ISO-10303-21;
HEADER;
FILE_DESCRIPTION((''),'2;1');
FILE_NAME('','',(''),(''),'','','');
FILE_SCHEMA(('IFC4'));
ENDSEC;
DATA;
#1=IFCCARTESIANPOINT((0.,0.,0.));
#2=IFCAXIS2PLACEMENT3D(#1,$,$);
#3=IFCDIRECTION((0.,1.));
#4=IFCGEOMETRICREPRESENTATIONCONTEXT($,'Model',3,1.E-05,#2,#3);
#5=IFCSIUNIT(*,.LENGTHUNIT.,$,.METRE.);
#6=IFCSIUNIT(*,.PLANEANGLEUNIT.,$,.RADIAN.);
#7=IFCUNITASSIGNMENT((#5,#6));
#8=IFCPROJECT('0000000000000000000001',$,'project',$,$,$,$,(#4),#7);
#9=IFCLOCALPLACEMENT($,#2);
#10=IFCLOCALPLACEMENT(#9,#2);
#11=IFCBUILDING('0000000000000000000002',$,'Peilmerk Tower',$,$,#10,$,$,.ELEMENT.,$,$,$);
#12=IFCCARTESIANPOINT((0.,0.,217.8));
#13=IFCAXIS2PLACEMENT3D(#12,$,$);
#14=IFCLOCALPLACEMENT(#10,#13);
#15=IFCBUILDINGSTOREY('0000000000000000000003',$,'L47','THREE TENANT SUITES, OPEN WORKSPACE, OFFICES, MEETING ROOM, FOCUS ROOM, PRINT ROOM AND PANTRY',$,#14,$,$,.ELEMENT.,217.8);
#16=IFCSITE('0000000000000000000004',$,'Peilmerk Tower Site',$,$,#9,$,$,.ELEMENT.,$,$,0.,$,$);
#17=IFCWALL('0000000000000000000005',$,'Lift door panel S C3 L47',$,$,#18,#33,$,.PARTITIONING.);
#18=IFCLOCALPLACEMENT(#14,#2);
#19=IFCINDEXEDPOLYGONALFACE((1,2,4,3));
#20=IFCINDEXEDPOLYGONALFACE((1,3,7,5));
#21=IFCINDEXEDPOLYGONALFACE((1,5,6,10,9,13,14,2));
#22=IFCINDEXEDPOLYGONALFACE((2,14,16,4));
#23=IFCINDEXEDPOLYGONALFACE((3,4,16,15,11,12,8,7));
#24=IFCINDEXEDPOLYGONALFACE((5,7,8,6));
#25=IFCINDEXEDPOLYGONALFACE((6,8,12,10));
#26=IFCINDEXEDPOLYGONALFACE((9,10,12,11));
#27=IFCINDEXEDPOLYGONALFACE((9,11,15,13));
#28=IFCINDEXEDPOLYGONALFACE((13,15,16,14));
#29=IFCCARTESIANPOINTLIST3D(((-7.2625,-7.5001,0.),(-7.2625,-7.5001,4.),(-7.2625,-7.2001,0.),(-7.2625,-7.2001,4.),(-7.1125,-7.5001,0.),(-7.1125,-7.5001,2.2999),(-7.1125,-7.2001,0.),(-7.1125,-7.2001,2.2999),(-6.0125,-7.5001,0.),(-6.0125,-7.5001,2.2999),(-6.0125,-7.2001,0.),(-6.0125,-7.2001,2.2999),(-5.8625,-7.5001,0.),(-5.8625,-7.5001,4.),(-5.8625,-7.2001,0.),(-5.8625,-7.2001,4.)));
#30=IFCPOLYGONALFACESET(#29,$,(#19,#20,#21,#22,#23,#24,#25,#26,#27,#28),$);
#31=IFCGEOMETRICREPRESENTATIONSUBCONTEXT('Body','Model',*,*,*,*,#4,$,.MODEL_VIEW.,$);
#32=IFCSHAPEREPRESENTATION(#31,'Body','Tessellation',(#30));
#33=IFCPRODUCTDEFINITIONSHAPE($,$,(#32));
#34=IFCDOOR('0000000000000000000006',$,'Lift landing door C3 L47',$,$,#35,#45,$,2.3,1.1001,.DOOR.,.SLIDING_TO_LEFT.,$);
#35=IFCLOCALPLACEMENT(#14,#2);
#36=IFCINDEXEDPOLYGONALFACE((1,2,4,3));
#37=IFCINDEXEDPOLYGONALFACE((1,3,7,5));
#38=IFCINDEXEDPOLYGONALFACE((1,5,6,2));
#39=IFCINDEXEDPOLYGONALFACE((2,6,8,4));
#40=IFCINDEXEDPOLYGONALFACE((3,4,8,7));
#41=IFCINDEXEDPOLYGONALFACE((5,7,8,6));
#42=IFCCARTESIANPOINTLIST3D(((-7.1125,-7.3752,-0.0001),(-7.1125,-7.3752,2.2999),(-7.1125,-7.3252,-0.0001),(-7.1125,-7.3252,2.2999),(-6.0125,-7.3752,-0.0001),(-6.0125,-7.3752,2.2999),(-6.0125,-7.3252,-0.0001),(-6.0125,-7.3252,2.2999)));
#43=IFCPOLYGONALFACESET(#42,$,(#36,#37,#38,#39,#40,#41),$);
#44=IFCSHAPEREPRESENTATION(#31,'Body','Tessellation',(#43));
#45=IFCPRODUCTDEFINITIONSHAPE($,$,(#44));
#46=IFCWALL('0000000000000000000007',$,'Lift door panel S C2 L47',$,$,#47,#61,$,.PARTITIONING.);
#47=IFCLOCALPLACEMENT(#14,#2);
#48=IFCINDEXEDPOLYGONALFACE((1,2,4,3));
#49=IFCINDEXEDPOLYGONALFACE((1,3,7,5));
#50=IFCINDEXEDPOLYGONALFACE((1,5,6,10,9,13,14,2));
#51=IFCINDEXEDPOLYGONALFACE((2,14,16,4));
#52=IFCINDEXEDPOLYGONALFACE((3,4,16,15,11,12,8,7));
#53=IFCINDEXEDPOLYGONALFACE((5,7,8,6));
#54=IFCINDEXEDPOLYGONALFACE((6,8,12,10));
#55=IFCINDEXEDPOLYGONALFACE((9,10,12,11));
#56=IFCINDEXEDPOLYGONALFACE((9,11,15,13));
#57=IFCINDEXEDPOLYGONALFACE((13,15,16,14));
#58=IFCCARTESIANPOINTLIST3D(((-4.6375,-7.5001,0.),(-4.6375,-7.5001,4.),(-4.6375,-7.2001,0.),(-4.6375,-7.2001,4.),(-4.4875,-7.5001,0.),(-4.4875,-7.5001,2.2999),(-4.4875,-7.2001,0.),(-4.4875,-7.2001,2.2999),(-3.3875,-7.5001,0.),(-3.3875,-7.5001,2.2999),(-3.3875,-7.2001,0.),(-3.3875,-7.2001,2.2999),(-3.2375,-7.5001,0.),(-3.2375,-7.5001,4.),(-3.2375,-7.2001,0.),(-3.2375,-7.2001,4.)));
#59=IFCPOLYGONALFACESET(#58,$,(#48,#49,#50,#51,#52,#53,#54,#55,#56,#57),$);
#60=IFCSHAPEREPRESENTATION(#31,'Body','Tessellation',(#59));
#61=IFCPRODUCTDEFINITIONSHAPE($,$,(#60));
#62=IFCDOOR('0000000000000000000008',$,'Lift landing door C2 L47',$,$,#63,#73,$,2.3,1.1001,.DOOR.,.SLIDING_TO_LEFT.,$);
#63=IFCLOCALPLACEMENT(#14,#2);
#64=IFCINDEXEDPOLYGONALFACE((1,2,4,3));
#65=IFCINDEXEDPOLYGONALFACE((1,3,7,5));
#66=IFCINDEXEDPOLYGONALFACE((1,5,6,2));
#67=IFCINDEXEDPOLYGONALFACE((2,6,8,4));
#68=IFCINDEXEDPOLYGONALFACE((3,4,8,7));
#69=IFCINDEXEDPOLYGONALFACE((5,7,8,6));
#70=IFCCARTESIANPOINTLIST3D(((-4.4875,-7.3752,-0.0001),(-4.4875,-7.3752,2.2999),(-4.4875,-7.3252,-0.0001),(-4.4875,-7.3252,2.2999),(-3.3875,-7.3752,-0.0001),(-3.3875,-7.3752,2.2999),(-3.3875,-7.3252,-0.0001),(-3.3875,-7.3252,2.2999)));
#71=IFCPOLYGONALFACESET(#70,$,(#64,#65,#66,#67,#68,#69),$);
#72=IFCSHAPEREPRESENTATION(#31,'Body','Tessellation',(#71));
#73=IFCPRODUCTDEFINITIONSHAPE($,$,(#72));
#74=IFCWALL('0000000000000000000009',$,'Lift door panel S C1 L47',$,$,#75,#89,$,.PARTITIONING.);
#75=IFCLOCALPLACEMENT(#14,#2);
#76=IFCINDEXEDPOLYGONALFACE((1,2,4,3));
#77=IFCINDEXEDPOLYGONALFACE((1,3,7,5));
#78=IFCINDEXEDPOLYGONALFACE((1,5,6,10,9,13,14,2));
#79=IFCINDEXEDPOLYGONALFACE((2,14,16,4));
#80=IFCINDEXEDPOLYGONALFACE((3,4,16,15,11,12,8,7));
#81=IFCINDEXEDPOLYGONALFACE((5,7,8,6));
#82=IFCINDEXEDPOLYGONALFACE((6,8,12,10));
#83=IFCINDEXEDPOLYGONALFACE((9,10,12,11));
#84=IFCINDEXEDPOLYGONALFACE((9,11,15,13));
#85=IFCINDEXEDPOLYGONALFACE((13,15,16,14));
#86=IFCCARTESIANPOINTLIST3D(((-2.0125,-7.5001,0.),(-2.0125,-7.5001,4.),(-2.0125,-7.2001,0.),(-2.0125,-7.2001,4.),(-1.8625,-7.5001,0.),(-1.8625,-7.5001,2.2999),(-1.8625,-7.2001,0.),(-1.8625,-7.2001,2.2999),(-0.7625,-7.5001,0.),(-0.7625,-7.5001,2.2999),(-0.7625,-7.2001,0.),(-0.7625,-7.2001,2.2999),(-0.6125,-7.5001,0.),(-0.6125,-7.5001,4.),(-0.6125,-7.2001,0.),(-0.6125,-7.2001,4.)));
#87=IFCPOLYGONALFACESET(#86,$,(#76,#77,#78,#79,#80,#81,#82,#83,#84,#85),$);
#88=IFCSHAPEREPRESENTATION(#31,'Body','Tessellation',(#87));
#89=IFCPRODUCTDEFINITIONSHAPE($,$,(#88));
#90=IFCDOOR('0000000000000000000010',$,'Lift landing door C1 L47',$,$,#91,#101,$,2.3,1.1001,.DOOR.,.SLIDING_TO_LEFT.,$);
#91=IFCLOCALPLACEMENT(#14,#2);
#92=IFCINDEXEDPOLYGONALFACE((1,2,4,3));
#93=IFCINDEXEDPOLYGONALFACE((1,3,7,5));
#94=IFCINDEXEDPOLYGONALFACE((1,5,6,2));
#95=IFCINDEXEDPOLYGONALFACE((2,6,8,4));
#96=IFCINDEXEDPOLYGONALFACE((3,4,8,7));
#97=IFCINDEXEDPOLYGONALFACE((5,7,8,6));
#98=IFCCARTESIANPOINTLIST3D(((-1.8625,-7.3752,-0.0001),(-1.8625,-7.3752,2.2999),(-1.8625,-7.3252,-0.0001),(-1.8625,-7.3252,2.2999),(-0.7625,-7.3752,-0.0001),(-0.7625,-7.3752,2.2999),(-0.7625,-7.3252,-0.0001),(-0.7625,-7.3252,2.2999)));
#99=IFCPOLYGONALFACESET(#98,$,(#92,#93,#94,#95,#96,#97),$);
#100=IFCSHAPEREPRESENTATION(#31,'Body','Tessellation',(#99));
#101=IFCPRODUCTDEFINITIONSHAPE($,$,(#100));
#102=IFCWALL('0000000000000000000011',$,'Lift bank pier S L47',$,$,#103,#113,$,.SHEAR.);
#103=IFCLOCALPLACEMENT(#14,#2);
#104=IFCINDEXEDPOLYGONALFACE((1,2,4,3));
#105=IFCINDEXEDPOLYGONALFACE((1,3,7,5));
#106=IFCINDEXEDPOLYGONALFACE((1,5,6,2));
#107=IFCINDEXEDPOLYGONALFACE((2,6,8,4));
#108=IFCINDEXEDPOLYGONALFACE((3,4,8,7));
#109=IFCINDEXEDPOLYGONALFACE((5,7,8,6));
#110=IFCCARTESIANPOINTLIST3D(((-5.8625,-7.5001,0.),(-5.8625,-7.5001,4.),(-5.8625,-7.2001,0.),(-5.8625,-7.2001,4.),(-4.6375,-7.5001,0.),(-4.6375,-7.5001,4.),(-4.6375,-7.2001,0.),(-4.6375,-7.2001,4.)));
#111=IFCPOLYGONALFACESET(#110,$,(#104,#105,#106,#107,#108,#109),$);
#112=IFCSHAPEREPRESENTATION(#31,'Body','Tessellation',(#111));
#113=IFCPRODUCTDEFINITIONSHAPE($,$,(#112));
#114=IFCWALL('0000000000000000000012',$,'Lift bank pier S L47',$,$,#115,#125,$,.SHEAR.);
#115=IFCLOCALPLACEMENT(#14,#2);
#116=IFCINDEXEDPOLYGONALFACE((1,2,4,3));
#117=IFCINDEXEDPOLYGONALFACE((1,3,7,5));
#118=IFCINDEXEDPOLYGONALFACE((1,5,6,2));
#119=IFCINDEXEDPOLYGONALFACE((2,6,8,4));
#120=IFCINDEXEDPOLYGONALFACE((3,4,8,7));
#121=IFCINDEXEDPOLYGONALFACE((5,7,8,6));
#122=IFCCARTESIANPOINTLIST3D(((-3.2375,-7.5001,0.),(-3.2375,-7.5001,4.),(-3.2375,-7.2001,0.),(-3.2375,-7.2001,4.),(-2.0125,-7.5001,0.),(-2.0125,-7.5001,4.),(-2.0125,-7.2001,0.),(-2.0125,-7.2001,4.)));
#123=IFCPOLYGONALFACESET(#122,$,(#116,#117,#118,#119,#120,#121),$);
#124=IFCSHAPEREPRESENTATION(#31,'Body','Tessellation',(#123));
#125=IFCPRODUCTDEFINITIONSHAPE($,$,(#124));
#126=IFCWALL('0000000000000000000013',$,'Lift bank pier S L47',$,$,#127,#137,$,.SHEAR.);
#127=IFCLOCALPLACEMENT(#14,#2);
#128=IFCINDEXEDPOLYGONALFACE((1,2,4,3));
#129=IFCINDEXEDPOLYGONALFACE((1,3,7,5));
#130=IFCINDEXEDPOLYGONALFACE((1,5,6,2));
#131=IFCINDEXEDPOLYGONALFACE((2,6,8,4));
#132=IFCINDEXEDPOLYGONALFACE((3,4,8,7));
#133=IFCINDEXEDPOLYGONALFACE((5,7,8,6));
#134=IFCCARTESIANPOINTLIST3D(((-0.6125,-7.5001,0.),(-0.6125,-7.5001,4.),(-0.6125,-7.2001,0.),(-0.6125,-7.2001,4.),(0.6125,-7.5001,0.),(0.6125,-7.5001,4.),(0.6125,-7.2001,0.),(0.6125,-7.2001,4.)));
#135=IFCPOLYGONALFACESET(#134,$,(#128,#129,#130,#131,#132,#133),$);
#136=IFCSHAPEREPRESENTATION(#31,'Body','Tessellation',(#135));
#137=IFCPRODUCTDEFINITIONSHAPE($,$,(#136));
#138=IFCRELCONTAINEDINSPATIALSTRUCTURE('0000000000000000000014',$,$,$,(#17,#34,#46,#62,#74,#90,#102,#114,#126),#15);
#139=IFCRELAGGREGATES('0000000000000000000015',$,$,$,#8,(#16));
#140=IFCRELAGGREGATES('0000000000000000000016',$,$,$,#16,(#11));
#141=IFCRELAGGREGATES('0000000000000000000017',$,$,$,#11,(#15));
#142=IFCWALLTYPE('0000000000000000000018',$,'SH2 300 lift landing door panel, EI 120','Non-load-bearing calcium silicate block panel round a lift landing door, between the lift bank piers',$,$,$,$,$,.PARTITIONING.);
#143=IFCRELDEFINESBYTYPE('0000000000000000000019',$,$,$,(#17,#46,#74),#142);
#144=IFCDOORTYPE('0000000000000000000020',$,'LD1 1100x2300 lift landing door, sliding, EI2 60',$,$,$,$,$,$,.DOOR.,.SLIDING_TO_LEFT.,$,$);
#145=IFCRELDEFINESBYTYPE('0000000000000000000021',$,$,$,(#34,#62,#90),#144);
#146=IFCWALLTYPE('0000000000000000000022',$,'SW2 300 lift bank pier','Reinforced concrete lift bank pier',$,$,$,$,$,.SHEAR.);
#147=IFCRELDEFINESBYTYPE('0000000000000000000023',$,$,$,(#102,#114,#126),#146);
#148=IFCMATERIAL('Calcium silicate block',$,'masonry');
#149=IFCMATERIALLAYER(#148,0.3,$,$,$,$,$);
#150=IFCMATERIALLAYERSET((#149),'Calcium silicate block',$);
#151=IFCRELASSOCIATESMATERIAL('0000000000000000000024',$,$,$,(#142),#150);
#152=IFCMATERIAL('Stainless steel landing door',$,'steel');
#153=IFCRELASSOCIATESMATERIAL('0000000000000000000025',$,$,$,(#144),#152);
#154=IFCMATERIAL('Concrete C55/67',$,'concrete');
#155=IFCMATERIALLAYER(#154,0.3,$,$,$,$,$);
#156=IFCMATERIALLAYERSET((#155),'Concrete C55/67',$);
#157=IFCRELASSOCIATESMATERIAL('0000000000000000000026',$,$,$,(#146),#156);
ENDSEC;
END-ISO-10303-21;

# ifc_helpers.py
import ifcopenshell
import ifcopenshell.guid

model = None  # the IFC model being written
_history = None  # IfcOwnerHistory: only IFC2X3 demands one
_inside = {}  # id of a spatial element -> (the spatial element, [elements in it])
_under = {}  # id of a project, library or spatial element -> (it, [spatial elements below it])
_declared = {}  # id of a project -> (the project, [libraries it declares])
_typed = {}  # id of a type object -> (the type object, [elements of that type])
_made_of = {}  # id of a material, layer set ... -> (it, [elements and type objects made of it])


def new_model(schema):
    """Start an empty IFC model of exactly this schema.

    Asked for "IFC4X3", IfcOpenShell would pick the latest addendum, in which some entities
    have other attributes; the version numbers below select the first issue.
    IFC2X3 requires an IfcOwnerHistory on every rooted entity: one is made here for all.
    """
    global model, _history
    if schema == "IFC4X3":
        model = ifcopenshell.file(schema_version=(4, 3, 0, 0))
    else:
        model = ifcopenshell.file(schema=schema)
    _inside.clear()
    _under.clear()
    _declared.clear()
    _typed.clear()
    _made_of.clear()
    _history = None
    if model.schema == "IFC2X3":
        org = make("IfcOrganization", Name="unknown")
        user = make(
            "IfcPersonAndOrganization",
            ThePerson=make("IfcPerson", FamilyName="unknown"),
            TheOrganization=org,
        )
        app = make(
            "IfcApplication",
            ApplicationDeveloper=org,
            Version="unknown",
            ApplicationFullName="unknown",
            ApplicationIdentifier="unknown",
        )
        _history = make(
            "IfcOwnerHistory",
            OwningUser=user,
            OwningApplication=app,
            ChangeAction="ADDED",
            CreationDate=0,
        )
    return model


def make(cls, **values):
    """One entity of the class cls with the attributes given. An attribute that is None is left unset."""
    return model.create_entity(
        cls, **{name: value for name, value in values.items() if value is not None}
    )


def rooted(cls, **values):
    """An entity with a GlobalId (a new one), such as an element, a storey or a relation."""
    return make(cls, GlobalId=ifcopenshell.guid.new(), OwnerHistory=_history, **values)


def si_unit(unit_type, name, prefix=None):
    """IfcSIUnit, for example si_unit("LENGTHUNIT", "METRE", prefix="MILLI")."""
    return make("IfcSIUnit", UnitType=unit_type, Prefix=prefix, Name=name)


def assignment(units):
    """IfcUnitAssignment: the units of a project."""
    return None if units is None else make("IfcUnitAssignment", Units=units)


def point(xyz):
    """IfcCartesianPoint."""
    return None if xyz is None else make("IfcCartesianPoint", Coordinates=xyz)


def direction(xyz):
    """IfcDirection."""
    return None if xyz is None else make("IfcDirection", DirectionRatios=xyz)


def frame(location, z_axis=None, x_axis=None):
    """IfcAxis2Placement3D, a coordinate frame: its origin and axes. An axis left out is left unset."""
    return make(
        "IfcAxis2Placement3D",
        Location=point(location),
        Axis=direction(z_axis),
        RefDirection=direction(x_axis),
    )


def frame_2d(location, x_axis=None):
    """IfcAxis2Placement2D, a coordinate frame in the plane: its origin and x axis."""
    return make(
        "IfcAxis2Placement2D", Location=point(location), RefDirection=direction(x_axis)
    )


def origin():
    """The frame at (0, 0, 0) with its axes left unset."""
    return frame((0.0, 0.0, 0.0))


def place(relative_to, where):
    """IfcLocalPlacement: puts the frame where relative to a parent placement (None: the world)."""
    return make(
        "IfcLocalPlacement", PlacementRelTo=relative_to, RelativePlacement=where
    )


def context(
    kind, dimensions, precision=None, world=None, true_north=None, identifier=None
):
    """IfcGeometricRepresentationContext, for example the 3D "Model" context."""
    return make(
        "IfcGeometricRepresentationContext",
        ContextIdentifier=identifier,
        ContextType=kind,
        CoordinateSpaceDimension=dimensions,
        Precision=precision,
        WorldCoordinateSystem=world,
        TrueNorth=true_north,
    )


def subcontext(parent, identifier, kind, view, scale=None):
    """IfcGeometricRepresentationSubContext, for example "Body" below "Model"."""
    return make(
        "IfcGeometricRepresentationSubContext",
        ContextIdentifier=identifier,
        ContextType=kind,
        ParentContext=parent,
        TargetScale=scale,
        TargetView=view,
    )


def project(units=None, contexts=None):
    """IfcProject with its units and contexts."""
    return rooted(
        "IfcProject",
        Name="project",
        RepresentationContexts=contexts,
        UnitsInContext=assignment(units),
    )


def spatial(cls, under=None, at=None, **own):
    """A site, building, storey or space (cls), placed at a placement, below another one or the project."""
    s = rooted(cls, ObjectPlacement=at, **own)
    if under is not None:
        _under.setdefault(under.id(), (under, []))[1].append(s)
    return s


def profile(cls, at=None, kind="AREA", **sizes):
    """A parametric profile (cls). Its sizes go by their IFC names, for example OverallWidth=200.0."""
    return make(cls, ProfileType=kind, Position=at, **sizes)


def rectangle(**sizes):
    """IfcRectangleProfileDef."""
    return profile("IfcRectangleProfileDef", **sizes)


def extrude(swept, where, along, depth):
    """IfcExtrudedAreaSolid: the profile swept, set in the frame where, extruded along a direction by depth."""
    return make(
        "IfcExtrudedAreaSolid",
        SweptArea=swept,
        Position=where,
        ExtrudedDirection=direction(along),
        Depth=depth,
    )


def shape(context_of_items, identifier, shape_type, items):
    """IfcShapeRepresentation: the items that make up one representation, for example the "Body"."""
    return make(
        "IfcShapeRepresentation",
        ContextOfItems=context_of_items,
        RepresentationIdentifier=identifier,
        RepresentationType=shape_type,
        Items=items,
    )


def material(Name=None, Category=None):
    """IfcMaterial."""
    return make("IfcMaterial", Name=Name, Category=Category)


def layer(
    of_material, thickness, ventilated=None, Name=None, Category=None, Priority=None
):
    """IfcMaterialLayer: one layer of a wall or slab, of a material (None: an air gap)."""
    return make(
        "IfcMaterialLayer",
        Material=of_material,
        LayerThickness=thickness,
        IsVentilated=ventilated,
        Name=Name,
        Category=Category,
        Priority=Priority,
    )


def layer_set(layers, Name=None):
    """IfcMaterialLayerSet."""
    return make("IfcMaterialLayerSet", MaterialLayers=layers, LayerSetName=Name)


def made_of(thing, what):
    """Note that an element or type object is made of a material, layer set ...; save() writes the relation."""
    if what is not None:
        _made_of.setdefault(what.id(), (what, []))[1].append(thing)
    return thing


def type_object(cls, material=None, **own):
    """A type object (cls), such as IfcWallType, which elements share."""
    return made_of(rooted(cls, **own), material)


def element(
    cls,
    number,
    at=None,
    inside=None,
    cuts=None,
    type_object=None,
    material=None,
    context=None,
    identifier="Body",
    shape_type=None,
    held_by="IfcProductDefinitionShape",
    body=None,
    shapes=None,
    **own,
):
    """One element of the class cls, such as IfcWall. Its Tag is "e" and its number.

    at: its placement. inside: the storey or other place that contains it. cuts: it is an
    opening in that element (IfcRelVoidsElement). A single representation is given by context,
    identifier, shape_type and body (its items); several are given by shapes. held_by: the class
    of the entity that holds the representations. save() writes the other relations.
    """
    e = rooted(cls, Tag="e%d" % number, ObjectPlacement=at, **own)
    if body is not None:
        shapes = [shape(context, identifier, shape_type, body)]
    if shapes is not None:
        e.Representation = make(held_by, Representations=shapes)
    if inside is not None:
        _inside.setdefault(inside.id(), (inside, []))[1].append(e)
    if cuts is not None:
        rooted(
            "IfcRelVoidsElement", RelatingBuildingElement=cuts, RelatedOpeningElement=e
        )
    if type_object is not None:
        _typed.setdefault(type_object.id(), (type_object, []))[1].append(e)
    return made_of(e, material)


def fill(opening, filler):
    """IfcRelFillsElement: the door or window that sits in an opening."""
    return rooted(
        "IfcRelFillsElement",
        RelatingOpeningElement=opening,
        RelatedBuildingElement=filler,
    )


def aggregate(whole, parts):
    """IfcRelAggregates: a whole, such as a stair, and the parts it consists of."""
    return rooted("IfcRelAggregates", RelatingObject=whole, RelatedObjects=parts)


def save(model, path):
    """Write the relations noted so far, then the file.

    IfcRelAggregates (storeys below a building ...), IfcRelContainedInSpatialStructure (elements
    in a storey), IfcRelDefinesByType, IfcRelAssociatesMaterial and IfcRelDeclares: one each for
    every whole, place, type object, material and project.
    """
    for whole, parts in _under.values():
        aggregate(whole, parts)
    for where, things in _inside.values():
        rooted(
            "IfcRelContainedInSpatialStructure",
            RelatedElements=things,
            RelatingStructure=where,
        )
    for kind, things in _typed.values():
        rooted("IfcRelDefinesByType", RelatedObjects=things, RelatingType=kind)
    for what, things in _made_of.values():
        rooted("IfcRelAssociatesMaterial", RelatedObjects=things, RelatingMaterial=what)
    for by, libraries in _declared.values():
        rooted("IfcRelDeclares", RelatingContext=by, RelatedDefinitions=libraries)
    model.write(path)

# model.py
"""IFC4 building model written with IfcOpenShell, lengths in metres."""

from ifc_helpers import new_model, si_unit, direction, frame, frame_2d, origin, place, context, subcontext, project, spatial, rectangle, extrude, material, layer, layer_set, type_object, element, fill, save


model = new_model("IFC4")

# Units and contexts
model_context = context("Model", 3, precision=1e-05, world=origin(), true_north=direction((0.0, 1.0)))
body_context = subcontext(model_context, "Body", "Model", "MODEL_VIEW")
ifc_project = project(units=[si_unit("LENGTHUNIT", "METRE"), si_unit("PLANEANGLEUNIT", "RADIAN")], contexts=[model_context])

# Site, building, storey
site_placement = place(None, origin())
site = spatial("IfcSite", under=ifc_project, at=site_placement, Name="Peilmerk Tower Site", CompositionType="ELEMENT", RefElevation=0.0)
building_placement = place(site_placement, origin())
building = spatial("IfcBuilding", under=site, at=building_placement, Name="Peilmerk Tower", CompositionType="ELEMENT")
storey_placement = place(building_placement, frame((0.0, 0.0, 217.8)))
storey = spatial("IfcBuildingStorey", under=building, at=storey_placement, Name="L47", Description="THREE TENANT SUITES, OPEN WORKSPACE, OFFICES, MEETING ROOM, FOCUS ROOM, PRINT ROOM AND PANTRY", CompositionType="ELEMENT", Elevation=217.8)

# Shared definitions
ifc_material_1 = material(Name="Calcium silicate block", Category="masonry")

# Walls, openings, doors
ifc_layer_1 = layer(ifc_material_1, 0.3)
ifc_layer_set_1 = layer_set([ifc_layer_1], Name="Calcium silicate block")
wall_type_1 = type_object("IfcWallType", Name="SH2 300 lift landing door panel, EI 120", Description="Non-load-bearing calcium silicate block panel round a lift landing door, between the lift bank piers", PredefinedType="PARTITIONING", material=ifc_layer_set_1)
wall_1_placement = place(storey_placement, frame((-7.2625, -7.3501, 0.0), z_axis=(0.0, 0.0, 1.0), x_axis=(1.0, 0.0, 0.0)))
wall_1 = element("IfcWall", 1, at=wall_1_placement, inside=storey, type_object=wall_type_1, Name="Lift door panel S C3 L47", PredefinedType="PARTITIONING", context=body_context, shape_type="SweptSolid", body=[
    extrude(rectangle(XDim=1.3999, YDim=0.3, at=frame_2d((0.7, 0.0))), origin(), (0.0, 0.0, 1.0), 4.0),
])
opening_1_placement = place(wall_1_placement, frame((0.1499, 0.0, 0.0)))
opening_1 = element("IfcOpeningElement", 2, at=opening_1_placement, cuts=wall_1, PredefinedType="OPENING", context=body_context, shape_type="SweptSolid", body=[
    extrude(rectangle(XDim=1.1001, YDim=2.3, at=frame_2d((0.55, 1.1499))), frame((0.0, 0.1599, 0.0), z_axis=(0.0, -1.0, 0.0), x_axis=(1.0, 0.0, 0.0)), (0.0, 0.0, 1.0), 0.3201),
])
ifc_material_2 = material(Name="Stainless steel landing door", Category="steel")
door_type = type_object("IfcDoorType", Name="LD1 1100x2300 lift landing door, sliding, EI2 60", OperationType="SLIDING_TO_LEFT", PredefinedType="DOOR", material=ifc_material_2)
door_1_placement = place(opening_1_placement, origin())
door_1 = element("IfcDoor", 3, at=door_1_placement, inside=storey, type_object=door_type, Name="Lift landing door C3 L47", OperationType="SLIDING_TO_LEFT", OverallHeight=2.3, OverallWidth=1.1001, PredefinedType="DOOR", context=body_context, shape_type="SweptSolid", body=[
    extrude(rectangle(XDim=1.1001, YDim=2.3, at=frame_2d((0.55, 1.1499))), frame((0.0, 0.0249, 0.0), z_axis=(0.0, -1.0, 0.0), x_axis=(1.0, 0.0, 0.0)), (0.0, 0.0, 1.0), 0.05),
])
fill(opening_1, door_1)
wall_2_placement = place(storey_placement, frame((-4.6375, -7.3501, 0.0), z_axis=(0.0, 0.0, 1.0), x_axis=(1.0, 0.0, 0.0)))
wall_2 = element("IfcWall", 4, at=wall_2_placement, inside=storey, type_object=wall_type_1, Name="Lift door panel S C2 L47", PredefinedType="PARTITIONING", context=body_context, shape_type="SweptSolid", body=[
    extrude(rectangle(XDim=1.3999, YDim=0.3, at=frame_2d((0.7, 0.0))), origin(), (0.0, 0.0, 1.0), 4.0),
])
opening_2_placement = place(wall_2_placement, frame((0.1499, 0.0, 0.0)))
opening_2 = element("IfcOpeningElement", 5, at=opening_2_placement, cuts=wall_2, PredefinedType="OPENING", context=body_context, shape_type="SweptSolid", body=[
    extrude(rectangle(XDim=1.1001, YDim=2.3, at=frame_2d((0.55, 1.1499))), frame((0.0, 0.1599, 0.0), z_axis=(0.0, -1.0, 0.0), x_axis=(1.0, 0.0, 0.0)), (0.0, 0.0, 1.0), 0.3201),
])
door_2_placement = place(opening_2_placement, origin())
door_2 = element("IfcDoor", 6, at=door_2_placement, inside=storey, type_object=door_type, Name="Lift landing door C2 L47", OperationType="SLIDING_TO_LEFT", OverallHeight=2.3, OverallWidth=1.1001, PredefinedType="DOOR", context=body_context, shape_type="SweptSolid", body=[
    extrude(rectangle(XDim=1.1001, YDim=2.3, at=frame_2d((0.55, 1.1499))), frame((0.0, 0.0249, 0.0), z_axis=(0.0, -1.0, 0.0), x_axis=(1.0, 0.0, 0.0)), (0.0, 0.0, 1.0), 0.05),
])
fill(opening_2, door_2)
wall_3_placement = place(storey_placement, frame((-2.0125, -7.3501, 0.0), z_axis=(0.0, 0.0, 1.0), x_axis=(1.0, 0.0, 0.0)))
wall_3 = element("IfcWall", 7, at=wall_3_placement, inside=storey, type_object=wall_type_1, Name="Lift door panel S C1 L47", PredefinedType="PARTITIONING", context=body_context, shape_type="SweptSolid", body=[
    extrude(rectangle(XDim=1.3999, YDim=0.3, at=frame_2d((0.7, 0.0))), origin(), (0.0, 0.0, 1.0), 4.0),
])
opening_3_placement = place(wall_3_placement, frame((0.1499, 0.0, 0.0)))
opening_3 = element("IfcOpeningElement", 8, at=opening_3_placement, cuts=wall_3, PredefinedType="OPENING", context=body_context, shape_type="SweptSolid", body=[
    extrude(rectangle(XDim=1.1001, YDim=2.3, at=frame_2d((0.55, 1.1499))), frame((0.0, 0.1599, 0.0), z_axis=(0.0, -1.0, 0.0), x_axis=(1.0, 0.0, 0.0)), (0.0, 0.0, 1.0), 0.3201),
])
door_3_placement = place(opening_3_placement, origin())
door_3 = element("IfcDoor", 9, at=door_3_placement, inside=storey, type_object=door_type, Name="Lift landing door C1 L47", OperationType="SLIDING_TO_LEFT", OverallHeight=2.3, OverallWidth=1.1001, PredefinedType="DOOR", context=body_context, shape_type="SweptSolid", body=[
    extrude(rectangle(XDim=1.1001, YDim=2.3, at=frame_2d((0.55, 1.1499))), frame((0.0, 0.0249, 0.0), z_axis=(0.0, -1.0, 0.0), x_axis=(1.0, 0.0, 0.0)), (0.0, 0.0, 1.0), 0.05),
])
fill(opening_3, door_3)

# Walls
ifc_material_3 = material(Name="Concrete C55/67", Category="concrete")
ifc_layer_2 = layer(ifc_material_3, 0.3)
ifc_layer_set_2 = layer_set([ifc_layer_2], Name="Concrete C55/67")
wall_type_2 = type_object("IfcWallType", Name="SW2 300 lift bank pier", Description="Reinforced concrete lift bank pier", PredefinedType="SHEAR", material=ifc_layer_set_2)
for number, where, z_axis, x_axis, name in (
    (10, (-5.8625, -7.3501, 0.0), (0.0, 0.0, 1.0), (1.0, 0.0, 0.0), "Lift bank pier S L47"),
    (11, (-3.2375, -7.3501, 0.0), (0.0, 0.0, 1.0), (1.0, 0.0, 0.0), "Lift bank pier S L47"),
    (12, (-0.6125, -7.3501, 0.0), (0.0, 0.0, 1.0), (1.0, 0.0, 0.0), "Lift bank pier S L47"),
):
    element("IfcWall", number, at=place(storey_placement, frame(where, z_axis=z_axis, x_axis=x_axis)), inside=storey, type_object=wall_type_2, Name=name, PredefinedType="SHEAR", context=body_context, shape_type="SweptSolid", body=[
        extrude(rectangle(XDim=1.2251, YDim=0.3, at=frame_2d((0.6125, 0.0))), origin(), (0.0, 0.0, 1.0), 4.0),
    ])

save(model, "model.ifc")
